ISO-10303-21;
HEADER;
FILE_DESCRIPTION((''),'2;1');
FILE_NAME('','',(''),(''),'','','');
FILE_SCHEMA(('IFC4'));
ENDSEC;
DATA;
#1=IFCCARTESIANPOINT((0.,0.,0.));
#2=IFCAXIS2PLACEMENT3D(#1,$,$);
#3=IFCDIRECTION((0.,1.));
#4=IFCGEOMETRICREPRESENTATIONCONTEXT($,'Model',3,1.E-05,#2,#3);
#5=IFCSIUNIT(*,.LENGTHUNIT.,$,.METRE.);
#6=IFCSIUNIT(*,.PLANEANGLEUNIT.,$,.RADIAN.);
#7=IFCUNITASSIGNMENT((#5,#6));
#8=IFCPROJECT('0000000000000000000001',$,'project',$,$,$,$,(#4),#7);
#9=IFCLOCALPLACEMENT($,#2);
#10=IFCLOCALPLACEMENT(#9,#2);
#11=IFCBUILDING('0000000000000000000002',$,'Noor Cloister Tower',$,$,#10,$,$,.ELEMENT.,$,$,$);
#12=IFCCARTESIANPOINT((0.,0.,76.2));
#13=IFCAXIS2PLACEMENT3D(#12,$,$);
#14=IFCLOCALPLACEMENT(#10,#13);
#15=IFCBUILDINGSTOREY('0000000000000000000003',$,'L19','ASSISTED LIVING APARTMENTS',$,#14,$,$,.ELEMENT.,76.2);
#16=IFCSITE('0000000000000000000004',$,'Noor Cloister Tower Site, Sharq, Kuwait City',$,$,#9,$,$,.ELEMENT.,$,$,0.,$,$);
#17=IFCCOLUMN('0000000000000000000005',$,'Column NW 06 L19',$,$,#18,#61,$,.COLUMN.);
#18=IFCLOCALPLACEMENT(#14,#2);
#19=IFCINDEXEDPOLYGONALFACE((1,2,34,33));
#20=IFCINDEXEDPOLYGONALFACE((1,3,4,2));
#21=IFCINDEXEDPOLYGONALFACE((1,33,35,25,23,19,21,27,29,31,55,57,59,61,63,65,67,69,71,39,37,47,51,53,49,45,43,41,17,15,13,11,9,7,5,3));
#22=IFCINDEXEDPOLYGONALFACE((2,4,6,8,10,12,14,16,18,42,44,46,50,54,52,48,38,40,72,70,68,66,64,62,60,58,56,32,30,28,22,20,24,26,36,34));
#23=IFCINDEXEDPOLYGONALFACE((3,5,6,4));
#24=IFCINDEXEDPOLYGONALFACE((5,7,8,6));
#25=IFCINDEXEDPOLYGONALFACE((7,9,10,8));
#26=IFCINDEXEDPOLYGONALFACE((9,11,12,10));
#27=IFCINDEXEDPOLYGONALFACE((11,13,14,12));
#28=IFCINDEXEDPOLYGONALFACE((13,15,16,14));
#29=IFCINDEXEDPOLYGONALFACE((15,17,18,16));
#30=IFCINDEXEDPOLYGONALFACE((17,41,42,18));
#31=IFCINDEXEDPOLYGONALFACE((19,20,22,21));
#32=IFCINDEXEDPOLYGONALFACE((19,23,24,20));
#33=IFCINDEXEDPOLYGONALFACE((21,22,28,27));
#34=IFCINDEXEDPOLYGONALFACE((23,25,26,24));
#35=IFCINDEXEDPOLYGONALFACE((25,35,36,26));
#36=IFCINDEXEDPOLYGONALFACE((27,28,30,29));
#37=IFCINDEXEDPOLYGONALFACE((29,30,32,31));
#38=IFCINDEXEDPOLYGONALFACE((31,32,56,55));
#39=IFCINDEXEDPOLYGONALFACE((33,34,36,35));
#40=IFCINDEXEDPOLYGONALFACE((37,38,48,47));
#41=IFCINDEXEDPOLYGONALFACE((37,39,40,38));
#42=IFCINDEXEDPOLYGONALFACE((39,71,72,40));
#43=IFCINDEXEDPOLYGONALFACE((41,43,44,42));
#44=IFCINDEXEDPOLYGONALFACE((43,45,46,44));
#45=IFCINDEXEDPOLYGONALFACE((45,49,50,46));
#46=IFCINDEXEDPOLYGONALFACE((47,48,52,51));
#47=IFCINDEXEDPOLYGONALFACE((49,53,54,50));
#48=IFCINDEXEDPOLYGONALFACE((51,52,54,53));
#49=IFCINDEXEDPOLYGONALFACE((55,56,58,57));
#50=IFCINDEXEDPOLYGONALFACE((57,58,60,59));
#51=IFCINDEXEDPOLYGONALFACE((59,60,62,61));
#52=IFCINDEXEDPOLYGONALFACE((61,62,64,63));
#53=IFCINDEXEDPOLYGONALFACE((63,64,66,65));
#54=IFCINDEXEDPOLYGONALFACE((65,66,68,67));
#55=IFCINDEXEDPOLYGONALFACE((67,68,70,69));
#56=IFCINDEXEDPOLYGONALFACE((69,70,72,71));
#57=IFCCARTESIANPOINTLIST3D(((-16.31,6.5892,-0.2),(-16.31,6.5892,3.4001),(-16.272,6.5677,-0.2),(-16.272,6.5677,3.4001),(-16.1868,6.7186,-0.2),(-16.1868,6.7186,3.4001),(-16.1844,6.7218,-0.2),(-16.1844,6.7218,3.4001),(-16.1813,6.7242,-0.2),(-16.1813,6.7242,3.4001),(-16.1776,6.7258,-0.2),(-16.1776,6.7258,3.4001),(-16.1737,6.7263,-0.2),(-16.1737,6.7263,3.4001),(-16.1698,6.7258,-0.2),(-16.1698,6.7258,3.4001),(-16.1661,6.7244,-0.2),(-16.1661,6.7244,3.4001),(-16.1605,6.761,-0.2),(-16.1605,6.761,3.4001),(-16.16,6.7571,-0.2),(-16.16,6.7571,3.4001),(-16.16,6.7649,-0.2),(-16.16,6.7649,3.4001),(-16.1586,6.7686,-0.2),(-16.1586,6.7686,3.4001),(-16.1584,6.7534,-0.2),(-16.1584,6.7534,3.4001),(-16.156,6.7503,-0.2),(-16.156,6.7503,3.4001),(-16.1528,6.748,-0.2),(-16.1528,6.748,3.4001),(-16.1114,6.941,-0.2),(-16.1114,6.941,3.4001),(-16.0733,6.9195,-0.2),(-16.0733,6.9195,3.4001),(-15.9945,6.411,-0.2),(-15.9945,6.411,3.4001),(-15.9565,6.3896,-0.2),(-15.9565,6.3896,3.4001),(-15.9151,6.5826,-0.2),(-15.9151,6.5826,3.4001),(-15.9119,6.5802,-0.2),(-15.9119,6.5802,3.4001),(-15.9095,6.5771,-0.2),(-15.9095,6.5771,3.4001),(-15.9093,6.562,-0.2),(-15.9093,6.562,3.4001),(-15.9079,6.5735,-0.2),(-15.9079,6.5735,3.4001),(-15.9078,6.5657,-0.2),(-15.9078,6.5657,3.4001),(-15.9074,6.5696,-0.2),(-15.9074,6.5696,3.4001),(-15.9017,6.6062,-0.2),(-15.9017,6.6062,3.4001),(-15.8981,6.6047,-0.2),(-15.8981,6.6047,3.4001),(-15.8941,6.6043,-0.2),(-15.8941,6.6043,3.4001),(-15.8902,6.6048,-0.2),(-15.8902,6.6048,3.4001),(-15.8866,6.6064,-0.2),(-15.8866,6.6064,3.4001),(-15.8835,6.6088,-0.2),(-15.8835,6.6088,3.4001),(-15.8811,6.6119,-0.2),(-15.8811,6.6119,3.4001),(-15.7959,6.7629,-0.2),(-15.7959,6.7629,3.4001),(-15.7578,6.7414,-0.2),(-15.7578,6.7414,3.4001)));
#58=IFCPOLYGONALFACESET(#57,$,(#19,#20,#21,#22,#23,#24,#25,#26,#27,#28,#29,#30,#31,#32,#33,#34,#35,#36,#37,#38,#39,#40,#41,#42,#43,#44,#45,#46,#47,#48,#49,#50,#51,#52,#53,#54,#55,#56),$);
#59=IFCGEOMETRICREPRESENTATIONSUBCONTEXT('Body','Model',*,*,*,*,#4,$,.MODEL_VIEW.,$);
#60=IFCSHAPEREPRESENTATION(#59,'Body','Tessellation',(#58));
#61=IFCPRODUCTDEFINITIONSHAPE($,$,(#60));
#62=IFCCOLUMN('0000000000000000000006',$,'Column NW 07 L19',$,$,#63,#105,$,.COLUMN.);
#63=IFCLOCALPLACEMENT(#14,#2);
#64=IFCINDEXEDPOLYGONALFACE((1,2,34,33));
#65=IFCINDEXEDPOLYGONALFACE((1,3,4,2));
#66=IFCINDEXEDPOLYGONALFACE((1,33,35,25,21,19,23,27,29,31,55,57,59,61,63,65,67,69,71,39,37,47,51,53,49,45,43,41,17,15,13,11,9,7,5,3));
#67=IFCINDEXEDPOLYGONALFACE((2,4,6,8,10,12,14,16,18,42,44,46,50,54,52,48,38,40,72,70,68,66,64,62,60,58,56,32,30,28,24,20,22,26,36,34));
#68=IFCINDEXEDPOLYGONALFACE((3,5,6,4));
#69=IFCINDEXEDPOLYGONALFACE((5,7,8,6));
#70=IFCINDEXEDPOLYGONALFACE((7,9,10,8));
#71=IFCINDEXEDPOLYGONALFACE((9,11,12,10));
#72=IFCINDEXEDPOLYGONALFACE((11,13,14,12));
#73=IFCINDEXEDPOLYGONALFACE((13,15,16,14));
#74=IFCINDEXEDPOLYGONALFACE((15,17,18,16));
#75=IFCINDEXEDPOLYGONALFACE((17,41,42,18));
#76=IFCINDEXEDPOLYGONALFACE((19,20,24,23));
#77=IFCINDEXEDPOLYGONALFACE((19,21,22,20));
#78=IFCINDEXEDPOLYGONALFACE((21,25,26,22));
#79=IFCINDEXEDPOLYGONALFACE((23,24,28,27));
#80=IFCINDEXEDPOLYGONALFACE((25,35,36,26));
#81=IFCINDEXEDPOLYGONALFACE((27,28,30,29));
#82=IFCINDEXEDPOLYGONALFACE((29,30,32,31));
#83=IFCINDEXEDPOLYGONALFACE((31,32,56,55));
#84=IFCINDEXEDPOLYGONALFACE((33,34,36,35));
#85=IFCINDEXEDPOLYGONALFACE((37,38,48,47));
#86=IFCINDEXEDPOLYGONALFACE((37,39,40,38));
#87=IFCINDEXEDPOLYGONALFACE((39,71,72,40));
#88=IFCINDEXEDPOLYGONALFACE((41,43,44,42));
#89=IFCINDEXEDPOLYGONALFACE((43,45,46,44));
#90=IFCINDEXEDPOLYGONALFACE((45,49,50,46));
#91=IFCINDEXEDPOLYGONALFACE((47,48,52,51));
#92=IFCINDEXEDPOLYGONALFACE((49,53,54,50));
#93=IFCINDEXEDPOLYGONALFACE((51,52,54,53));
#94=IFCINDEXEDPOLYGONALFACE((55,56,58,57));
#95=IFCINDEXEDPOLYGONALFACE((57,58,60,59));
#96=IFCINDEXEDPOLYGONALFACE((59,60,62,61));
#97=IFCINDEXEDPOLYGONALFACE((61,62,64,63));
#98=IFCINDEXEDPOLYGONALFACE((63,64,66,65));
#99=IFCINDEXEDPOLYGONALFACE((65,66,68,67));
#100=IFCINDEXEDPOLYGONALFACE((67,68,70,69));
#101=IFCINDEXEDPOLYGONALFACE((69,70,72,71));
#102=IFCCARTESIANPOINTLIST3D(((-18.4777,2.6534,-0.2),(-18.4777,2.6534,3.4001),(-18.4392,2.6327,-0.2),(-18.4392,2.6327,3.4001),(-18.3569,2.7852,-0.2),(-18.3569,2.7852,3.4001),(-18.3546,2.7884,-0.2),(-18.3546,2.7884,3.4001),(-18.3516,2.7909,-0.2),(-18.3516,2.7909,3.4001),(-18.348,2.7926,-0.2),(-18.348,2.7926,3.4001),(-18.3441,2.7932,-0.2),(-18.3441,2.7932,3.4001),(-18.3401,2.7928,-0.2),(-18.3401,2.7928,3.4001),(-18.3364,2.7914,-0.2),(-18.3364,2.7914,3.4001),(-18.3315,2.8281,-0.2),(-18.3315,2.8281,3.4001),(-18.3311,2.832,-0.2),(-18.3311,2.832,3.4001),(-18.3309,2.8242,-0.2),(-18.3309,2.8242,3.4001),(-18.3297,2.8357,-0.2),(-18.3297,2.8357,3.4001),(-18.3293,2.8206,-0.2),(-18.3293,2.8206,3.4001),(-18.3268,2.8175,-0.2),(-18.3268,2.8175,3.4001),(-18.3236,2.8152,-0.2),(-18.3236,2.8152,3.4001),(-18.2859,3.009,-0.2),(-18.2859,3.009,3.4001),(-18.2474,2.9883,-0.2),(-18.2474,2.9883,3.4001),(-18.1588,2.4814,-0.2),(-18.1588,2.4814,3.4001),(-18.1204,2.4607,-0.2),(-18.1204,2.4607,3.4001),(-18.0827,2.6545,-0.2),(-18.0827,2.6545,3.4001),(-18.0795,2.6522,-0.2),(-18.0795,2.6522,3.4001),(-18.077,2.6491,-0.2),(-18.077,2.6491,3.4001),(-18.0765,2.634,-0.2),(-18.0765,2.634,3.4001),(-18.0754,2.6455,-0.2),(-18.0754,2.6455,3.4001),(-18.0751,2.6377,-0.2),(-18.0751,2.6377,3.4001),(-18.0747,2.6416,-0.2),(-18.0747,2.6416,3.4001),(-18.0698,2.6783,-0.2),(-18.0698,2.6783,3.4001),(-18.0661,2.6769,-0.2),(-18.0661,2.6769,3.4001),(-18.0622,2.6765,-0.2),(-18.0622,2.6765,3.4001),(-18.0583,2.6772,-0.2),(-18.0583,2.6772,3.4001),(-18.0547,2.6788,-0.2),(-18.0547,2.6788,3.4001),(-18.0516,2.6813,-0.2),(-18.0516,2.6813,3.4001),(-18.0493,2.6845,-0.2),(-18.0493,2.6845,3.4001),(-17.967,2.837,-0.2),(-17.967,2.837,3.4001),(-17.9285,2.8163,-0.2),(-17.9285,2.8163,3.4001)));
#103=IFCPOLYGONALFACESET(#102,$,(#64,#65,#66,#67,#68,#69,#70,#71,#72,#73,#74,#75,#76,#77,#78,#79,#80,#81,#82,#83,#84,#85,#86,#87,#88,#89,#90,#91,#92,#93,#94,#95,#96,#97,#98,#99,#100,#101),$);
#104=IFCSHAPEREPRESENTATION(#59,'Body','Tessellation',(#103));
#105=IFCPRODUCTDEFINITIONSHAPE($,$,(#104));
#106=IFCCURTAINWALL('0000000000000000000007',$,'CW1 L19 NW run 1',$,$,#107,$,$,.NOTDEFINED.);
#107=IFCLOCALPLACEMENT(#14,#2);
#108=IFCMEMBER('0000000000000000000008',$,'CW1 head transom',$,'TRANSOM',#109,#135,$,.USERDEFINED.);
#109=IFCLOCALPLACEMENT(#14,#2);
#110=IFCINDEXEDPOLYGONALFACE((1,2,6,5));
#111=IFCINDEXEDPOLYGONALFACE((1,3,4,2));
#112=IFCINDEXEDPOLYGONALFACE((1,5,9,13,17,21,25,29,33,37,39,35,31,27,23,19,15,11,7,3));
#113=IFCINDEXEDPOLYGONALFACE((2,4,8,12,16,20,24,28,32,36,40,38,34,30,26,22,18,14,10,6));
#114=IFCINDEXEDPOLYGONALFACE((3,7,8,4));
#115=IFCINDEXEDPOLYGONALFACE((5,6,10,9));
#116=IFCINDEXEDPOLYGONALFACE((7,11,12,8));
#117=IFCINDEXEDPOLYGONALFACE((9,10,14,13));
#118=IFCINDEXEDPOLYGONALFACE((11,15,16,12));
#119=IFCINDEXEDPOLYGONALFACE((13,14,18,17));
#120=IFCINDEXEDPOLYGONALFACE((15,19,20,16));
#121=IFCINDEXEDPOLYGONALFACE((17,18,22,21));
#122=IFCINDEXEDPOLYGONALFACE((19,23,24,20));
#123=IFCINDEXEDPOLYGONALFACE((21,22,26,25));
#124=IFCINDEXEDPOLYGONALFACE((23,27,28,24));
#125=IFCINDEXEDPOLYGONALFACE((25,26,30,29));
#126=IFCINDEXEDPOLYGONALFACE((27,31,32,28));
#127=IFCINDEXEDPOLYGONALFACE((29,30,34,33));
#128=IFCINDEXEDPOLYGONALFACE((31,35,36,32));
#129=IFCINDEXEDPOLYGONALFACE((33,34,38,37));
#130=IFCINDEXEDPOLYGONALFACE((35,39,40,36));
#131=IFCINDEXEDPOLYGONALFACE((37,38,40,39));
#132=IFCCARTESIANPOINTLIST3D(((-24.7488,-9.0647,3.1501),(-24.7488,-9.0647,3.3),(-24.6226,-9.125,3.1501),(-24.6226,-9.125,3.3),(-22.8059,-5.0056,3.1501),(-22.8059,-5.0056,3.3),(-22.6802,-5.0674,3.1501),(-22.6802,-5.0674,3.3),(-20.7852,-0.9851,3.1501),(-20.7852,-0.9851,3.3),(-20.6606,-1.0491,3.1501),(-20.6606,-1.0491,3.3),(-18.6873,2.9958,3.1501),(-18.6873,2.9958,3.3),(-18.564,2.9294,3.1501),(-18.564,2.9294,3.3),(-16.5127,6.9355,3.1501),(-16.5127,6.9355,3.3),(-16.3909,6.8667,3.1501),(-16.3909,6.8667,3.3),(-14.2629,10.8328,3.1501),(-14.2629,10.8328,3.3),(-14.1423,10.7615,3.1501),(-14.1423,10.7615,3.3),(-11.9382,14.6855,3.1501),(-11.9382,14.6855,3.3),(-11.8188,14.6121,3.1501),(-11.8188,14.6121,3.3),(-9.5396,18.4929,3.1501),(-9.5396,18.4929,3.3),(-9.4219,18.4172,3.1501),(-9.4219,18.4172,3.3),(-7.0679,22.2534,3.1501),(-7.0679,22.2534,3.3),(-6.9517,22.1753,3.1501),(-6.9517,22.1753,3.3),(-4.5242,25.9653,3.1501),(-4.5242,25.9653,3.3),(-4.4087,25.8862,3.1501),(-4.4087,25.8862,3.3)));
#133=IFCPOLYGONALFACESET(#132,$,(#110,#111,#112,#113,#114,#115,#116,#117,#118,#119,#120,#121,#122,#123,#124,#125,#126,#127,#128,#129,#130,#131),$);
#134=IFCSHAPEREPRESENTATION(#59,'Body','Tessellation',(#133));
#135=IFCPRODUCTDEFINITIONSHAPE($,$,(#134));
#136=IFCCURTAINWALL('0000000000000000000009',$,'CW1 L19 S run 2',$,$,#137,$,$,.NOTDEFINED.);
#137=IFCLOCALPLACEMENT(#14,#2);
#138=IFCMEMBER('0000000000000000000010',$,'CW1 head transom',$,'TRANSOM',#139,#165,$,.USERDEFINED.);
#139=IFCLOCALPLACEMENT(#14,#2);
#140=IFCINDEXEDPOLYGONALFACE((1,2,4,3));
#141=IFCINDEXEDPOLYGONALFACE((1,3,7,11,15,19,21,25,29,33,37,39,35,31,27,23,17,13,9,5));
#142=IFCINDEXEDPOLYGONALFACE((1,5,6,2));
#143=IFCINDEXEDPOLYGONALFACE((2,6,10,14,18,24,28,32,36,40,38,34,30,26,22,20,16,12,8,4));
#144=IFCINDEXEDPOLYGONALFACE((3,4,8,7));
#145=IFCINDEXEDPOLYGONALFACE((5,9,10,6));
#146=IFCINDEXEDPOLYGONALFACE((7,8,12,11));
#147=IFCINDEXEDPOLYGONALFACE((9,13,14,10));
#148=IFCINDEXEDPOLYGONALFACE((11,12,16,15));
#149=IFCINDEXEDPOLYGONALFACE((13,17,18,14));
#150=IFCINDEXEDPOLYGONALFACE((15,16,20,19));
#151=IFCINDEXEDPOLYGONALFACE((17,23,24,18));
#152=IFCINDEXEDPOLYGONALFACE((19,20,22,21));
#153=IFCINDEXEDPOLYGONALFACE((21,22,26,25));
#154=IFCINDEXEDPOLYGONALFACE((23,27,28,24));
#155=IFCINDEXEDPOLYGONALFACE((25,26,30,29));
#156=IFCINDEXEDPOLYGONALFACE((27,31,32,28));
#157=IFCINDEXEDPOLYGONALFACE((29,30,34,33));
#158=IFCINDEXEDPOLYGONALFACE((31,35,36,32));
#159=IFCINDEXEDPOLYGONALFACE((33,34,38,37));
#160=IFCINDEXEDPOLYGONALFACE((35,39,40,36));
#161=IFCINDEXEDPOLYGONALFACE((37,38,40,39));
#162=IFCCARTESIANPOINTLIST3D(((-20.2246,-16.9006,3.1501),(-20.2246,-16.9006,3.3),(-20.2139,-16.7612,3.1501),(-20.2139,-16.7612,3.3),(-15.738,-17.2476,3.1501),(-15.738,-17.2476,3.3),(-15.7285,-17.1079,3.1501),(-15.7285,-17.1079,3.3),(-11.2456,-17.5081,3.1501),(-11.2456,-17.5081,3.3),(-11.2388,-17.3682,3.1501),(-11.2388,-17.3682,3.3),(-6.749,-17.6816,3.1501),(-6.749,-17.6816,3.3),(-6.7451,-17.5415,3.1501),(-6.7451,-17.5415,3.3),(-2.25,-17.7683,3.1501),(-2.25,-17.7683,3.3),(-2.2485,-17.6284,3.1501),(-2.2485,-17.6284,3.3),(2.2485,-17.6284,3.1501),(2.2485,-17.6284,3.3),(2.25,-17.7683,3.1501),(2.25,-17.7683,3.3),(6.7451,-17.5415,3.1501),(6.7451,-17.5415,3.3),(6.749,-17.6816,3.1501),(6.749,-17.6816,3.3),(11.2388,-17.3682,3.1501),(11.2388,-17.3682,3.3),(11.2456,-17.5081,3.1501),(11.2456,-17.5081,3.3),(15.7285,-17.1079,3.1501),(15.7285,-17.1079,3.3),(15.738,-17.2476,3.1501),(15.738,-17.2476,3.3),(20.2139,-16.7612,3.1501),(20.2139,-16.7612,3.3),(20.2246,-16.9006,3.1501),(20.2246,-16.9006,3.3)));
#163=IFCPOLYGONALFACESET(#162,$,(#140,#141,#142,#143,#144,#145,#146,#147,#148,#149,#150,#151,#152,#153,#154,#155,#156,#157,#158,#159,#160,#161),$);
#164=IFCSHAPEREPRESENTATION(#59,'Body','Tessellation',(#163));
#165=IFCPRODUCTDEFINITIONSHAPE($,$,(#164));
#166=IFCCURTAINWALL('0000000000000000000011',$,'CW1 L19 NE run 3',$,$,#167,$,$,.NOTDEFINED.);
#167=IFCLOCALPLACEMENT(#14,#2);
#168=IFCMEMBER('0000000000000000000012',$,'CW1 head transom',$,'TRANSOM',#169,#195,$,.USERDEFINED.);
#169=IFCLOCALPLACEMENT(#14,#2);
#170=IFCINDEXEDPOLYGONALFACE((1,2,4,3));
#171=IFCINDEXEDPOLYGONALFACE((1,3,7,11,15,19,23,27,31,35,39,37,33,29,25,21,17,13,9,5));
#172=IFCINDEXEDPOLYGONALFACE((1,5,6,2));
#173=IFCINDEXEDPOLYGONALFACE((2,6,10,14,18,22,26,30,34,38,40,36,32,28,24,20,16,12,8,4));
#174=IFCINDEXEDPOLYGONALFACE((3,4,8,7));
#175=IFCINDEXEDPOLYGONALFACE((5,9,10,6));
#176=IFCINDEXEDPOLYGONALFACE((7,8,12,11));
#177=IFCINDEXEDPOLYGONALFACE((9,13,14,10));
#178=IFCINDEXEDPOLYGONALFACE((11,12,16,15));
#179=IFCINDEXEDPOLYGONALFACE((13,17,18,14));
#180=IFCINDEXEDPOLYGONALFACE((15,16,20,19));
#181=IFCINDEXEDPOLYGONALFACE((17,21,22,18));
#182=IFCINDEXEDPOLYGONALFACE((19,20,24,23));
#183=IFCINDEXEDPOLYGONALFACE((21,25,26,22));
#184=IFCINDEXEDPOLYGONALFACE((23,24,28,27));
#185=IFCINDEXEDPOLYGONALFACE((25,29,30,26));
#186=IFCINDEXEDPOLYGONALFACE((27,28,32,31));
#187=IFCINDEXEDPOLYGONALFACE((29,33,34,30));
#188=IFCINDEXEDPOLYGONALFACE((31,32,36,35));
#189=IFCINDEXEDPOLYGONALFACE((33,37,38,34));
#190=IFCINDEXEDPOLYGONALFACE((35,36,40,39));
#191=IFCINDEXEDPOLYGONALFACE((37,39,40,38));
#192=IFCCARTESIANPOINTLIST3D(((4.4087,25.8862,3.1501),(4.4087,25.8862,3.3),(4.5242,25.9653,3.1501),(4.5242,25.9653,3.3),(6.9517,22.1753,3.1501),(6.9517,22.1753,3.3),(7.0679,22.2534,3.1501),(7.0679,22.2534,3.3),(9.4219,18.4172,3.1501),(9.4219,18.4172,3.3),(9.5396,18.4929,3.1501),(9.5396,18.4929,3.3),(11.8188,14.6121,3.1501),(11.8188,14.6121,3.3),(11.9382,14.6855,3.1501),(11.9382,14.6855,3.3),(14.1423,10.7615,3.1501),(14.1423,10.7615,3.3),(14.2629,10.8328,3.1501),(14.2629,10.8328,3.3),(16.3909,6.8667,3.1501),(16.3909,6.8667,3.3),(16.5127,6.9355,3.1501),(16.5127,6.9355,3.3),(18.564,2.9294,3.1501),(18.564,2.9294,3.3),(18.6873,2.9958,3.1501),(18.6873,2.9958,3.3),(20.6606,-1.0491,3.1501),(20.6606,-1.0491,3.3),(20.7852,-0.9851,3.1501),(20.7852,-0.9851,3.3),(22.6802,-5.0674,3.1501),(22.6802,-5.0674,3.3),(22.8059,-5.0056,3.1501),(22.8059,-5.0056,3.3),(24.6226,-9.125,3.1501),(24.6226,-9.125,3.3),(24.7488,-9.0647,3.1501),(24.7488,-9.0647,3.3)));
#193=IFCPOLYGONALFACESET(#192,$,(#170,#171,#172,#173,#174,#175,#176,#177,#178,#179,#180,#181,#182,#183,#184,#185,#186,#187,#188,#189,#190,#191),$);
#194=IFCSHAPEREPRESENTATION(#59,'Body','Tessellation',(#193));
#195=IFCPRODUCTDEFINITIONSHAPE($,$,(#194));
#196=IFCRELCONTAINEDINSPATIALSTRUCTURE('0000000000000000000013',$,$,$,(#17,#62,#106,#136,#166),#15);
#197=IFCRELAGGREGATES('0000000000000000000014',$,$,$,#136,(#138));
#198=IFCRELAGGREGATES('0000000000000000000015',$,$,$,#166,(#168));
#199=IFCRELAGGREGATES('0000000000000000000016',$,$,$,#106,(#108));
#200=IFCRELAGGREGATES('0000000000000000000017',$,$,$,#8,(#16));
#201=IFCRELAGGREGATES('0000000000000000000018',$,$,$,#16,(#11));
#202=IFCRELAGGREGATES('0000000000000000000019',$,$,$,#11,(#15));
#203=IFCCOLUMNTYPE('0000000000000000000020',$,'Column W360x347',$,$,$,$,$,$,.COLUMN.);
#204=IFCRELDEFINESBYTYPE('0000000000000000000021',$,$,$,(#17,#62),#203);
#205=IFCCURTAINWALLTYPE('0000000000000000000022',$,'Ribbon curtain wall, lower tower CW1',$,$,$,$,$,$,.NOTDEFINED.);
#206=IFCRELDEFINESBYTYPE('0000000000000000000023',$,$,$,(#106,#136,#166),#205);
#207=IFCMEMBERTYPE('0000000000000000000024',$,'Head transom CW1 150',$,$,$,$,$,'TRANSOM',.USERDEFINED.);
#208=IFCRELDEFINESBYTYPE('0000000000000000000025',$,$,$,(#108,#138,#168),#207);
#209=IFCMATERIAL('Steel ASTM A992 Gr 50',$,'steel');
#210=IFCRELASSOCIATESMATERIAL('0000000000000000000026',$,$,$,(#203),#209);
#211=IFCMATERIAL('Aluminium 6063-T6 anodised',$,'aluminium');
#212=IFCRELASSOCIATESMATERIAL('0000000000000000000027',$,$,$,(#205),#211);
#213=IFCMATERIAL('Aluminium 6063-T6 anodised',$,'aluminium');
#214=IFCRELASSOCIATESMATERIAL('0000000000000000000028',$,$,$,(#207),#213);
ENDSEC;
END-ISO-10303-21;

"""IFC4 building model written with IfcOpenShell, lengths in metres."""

from ifc_helpers import new_model, si_unit, direction, frame, origin, origin_2d, place, context, subcontext, project, spatial, polyline, i_section, outline, extrude, material, material_profile, profile_set, type_object, element, aggregate, save


model = new_model("IFC4")

# Units and contexts
model_context = context("Model", 3, precision=1e-05, world=origin(), true_north=direction((0.0, 1.0)))
body_context = subcontext(model_context, "Body", "Model", "MODEL_VIEW")
ifc_project = project(units=[si_unit("LENGTHUNIT", "METRE"), si_unit("PLANEANGLEUNIT", "RADIAN")], contexts=[model_context])

# Site, building, storey
site_placement = place(None, origin())
site = spatial("IfcSite", under=ifc_project, at=site_placement, Name="Noor Cloister Tower Site, Sharq, Kuwait City", CompositionType="ELEMENT", RefElevation=0.0)
building_placement = place(site_placement, origin())
building = spatial("IfcBuilding", under=site, at=building_placement, Name="Noor Cloister Tower", CompositionType="ELEMENT")
storey_placement = place(building_placement, frame((0.0, 0.0, 76.2)))
storey = spatial("IfcBuildingStorey", under=building, at=storey_placement, Name="L19", Description="ASSISTED LIVING APARTMENTS", CompositionType="ELEMENT", Elevation=76.2)

# Columns
ifc_material_1 = material(Name="Steel ASTM A992 Gr 50", Category="steel")
ifc_material_profile_1 = material_profile(ifc_material_1, i_section(OverallWidth=0.4041, OverallDepth=0.406, WebThickness=0.0271, FlangeThickness=0.0437, FilletRadius=0.0151, at=origin_2d()), Name="W360x347")
ifc_profile_set_1 = profile_set([ifc_material_profile_1], Name="Steel ASTM A992 Gr 50")
column_type = type_object("IfcColumnType", Name="Column W360x347", PredefinedType="COLUMN", material=ifc_profile_set_1)
for number, where, z_axis, x_axis, name in (
    (1, (-16.0339, 6.6653, -0.2), (0.0, 0.0, 1.0), (-0.491623, -0.870808, 0.0), "Column NW 06 L19"),
    (2, (-18.2031, 2.7349, -0.2), (0.0, 0.0, 1.0), (-0.474733, -0.88013, 0.0), "Column NW 07 L19"),
):
    element("IfcColumn", number, at=place(storey_placement, frame(where, z_axis=z_axis, x_axis=x_axis)), inside=storey, type_object=column_type, Name=name, PredefinedType="COLUMN", context=body_context, shape_type="SweptSolid", body=[
        extrude(i_section(OverallWidth=0.4041, OverallDepth=0.406, WebThickness=0.0271, FlangeThickness=0.0437, FilletRadius=0.0151, at=origin_2d()), origin(), (0.0, 0.0, 1.0), 3.6001),
    ])

# Curtain walls, members
ifc_material_2 = material(Name="Aluminium 6063-T6 anodised", Category="aluminium")
curtain_wall_type = type_object("IfcCurtainWallType", Name="Ribbon curtain wall, lower tower CW1", PredefinedType="NOTDEFINED", material=ifc_material_2)
curtain_wall_1_placement = place(storey_placement, origin())
curtain_wall_1 = element("IfcCurtainWall", 3, at=curtain_wall_1_placement, inside=storey, type_object=curtain_wall_type, Name="CW1 L19 NW run 1", PredefinedType="NOTDEFINED")
ifc_material_3 = material(Name="Aluminium 6063-T6 anodised", Category="aluminium")
member_type_1 = type_object("IfcMemberType", Name="Head transom CW1 150", ElementType="TRANSOM", PredefinedType="USERDEFINED", material=ifc_material_3)
member_1_placement = place(storey_placement, frame((0.0, 0.0, 3.1501)))
member_1 = element("IfcMember", 4, at=member_1_placement, type_object=member_type_1, Name="CW1 head transom", ObjectType="TRANSOM", PredefinedType="USERDEFINED", context=body_context, shape_type="SweptSolid", body=[
    extrude(outline(polyline([(-4.5242, 25.9653), (-7.0679, 22.2534), (-9.5396, 18.4929), (-11.9382, 14.6855), (-14.2629, 10.8328), (-16.5127, 6.9355), (-18.6873, 2.9958), (-20.7852, -0.9851), (-22.8059, -5.0056), (-24.7488, -9.0647), (-24.6226, -9.125), (-22.6802, -5.0674), (-20.6606, -1.0491), (-18.564, 2.9294), (-16.3909, 6.8667), (-14.1423, 10.7615), (-11.8188, 14.6121), (-9.4219, 18.4172), (-6.9517, 22.1753), (-4.4087, 25.8862), (-4.5242, 25.9653)])), origin(), (0.0, 0.0, 1.0), 0.1499),
])
curtain_wall_2_placement = place(storey_placement, origin())
curtain_wall_2 = element("IfcCurtainWall", 5, at=curtain_wall_2_placement, inside=storey, type_object=curtain_wall_type, Name="CW1 L19 S run 2", PredefinedType="NOTDEFINED")
member_2_placement = place(storey_placement, frame((0.0, 0.0, 3.1501)))
member_2 = element("IfcMember", 6, at=member_2_placement, type_object=member_type_1, Name="CW1 head transom", ObjectType="TRANSOM", PredefinedType="USERDEFINED", context=body_context, shape_type="SweptSolid", body=[
    extrude(outline(polyline([(-20.2246, -16.9006), (-15.738, -17.2476), (-11.2456, -17.5081), (-6.749, -17.6816), (-2.25, -17.7683), (2.25, -17.7683), (6.749, -17.6816), (11.2456, -17.5081), (15.738, -17.2476), (20.2246, -16.9006), (20.2139, -16.7612), (15.7285, -17.1079), (11.2388, -17.3682), (6.7451, -17.5415), (2.2485, -17.6284), (-2.2485, -17.6284), (-6.7451, -17.5415), (-11.2388, -17.3682), (-15.7285, -17.1079), (-20.2139, -16.7612), (-20.2246, -16.9006)])), origin(), (0.0, 0.0, 1.0), 0.1499),
])
curtain_wall_3_placement = place(storey_placement, origin())
curtain_wall_3 = element("IfcCurtainWall", 7, at=curtain_wall_3_placement, inside=storey, type_object=curtain_wall_type, Name="CW1 L19 NE run 3", PredefinedType="NOTDEFINED")
member_3_placement = place(storey_placement, frame((0.0, 0.0, 3.1501)))
member_3 = element("IfcMember", 8, at=member_3_placement, type_object=member_type_1, Name="CW1 head transom", ObjectType="TRANSOM", PredefinedType="USERDEFINED", context=body_context, shape_type="SweptSolid", body=[
    extrude(outline(polyline([(24.7488, -9.0647), (22.8059, -5.0056), (20.7852, -0.9851), (18.6873, 2.9958), (16.5127, 6.9355), (14.2629, 10.8328), (11.9382, 14.6855), (9.5396, 18.4929), (7.0679, 22.2534), (4.5242, 25.9653), (4.4087, 25.8862), (6.9517, 22.1753), (9.4219, 18.4172), (11.8188, 14.6121), (14.1423, 10.7615), (16.3909, 6.8667), (18.564, 2.9294), (20.6606, -1.0491), (22.6802, -5.0674), (24.6226, -9.125), (24.7488, -9.0647)])), origin(), (0.0, 0.0, 1.0), 0.1499),
])

aggregate(curtain_wall_2, [member_2])
aggregate(curtain_wall_3, [member_3])

aggregate(curtain_wall_1, [member_1])

save(model, "model.ifc")
